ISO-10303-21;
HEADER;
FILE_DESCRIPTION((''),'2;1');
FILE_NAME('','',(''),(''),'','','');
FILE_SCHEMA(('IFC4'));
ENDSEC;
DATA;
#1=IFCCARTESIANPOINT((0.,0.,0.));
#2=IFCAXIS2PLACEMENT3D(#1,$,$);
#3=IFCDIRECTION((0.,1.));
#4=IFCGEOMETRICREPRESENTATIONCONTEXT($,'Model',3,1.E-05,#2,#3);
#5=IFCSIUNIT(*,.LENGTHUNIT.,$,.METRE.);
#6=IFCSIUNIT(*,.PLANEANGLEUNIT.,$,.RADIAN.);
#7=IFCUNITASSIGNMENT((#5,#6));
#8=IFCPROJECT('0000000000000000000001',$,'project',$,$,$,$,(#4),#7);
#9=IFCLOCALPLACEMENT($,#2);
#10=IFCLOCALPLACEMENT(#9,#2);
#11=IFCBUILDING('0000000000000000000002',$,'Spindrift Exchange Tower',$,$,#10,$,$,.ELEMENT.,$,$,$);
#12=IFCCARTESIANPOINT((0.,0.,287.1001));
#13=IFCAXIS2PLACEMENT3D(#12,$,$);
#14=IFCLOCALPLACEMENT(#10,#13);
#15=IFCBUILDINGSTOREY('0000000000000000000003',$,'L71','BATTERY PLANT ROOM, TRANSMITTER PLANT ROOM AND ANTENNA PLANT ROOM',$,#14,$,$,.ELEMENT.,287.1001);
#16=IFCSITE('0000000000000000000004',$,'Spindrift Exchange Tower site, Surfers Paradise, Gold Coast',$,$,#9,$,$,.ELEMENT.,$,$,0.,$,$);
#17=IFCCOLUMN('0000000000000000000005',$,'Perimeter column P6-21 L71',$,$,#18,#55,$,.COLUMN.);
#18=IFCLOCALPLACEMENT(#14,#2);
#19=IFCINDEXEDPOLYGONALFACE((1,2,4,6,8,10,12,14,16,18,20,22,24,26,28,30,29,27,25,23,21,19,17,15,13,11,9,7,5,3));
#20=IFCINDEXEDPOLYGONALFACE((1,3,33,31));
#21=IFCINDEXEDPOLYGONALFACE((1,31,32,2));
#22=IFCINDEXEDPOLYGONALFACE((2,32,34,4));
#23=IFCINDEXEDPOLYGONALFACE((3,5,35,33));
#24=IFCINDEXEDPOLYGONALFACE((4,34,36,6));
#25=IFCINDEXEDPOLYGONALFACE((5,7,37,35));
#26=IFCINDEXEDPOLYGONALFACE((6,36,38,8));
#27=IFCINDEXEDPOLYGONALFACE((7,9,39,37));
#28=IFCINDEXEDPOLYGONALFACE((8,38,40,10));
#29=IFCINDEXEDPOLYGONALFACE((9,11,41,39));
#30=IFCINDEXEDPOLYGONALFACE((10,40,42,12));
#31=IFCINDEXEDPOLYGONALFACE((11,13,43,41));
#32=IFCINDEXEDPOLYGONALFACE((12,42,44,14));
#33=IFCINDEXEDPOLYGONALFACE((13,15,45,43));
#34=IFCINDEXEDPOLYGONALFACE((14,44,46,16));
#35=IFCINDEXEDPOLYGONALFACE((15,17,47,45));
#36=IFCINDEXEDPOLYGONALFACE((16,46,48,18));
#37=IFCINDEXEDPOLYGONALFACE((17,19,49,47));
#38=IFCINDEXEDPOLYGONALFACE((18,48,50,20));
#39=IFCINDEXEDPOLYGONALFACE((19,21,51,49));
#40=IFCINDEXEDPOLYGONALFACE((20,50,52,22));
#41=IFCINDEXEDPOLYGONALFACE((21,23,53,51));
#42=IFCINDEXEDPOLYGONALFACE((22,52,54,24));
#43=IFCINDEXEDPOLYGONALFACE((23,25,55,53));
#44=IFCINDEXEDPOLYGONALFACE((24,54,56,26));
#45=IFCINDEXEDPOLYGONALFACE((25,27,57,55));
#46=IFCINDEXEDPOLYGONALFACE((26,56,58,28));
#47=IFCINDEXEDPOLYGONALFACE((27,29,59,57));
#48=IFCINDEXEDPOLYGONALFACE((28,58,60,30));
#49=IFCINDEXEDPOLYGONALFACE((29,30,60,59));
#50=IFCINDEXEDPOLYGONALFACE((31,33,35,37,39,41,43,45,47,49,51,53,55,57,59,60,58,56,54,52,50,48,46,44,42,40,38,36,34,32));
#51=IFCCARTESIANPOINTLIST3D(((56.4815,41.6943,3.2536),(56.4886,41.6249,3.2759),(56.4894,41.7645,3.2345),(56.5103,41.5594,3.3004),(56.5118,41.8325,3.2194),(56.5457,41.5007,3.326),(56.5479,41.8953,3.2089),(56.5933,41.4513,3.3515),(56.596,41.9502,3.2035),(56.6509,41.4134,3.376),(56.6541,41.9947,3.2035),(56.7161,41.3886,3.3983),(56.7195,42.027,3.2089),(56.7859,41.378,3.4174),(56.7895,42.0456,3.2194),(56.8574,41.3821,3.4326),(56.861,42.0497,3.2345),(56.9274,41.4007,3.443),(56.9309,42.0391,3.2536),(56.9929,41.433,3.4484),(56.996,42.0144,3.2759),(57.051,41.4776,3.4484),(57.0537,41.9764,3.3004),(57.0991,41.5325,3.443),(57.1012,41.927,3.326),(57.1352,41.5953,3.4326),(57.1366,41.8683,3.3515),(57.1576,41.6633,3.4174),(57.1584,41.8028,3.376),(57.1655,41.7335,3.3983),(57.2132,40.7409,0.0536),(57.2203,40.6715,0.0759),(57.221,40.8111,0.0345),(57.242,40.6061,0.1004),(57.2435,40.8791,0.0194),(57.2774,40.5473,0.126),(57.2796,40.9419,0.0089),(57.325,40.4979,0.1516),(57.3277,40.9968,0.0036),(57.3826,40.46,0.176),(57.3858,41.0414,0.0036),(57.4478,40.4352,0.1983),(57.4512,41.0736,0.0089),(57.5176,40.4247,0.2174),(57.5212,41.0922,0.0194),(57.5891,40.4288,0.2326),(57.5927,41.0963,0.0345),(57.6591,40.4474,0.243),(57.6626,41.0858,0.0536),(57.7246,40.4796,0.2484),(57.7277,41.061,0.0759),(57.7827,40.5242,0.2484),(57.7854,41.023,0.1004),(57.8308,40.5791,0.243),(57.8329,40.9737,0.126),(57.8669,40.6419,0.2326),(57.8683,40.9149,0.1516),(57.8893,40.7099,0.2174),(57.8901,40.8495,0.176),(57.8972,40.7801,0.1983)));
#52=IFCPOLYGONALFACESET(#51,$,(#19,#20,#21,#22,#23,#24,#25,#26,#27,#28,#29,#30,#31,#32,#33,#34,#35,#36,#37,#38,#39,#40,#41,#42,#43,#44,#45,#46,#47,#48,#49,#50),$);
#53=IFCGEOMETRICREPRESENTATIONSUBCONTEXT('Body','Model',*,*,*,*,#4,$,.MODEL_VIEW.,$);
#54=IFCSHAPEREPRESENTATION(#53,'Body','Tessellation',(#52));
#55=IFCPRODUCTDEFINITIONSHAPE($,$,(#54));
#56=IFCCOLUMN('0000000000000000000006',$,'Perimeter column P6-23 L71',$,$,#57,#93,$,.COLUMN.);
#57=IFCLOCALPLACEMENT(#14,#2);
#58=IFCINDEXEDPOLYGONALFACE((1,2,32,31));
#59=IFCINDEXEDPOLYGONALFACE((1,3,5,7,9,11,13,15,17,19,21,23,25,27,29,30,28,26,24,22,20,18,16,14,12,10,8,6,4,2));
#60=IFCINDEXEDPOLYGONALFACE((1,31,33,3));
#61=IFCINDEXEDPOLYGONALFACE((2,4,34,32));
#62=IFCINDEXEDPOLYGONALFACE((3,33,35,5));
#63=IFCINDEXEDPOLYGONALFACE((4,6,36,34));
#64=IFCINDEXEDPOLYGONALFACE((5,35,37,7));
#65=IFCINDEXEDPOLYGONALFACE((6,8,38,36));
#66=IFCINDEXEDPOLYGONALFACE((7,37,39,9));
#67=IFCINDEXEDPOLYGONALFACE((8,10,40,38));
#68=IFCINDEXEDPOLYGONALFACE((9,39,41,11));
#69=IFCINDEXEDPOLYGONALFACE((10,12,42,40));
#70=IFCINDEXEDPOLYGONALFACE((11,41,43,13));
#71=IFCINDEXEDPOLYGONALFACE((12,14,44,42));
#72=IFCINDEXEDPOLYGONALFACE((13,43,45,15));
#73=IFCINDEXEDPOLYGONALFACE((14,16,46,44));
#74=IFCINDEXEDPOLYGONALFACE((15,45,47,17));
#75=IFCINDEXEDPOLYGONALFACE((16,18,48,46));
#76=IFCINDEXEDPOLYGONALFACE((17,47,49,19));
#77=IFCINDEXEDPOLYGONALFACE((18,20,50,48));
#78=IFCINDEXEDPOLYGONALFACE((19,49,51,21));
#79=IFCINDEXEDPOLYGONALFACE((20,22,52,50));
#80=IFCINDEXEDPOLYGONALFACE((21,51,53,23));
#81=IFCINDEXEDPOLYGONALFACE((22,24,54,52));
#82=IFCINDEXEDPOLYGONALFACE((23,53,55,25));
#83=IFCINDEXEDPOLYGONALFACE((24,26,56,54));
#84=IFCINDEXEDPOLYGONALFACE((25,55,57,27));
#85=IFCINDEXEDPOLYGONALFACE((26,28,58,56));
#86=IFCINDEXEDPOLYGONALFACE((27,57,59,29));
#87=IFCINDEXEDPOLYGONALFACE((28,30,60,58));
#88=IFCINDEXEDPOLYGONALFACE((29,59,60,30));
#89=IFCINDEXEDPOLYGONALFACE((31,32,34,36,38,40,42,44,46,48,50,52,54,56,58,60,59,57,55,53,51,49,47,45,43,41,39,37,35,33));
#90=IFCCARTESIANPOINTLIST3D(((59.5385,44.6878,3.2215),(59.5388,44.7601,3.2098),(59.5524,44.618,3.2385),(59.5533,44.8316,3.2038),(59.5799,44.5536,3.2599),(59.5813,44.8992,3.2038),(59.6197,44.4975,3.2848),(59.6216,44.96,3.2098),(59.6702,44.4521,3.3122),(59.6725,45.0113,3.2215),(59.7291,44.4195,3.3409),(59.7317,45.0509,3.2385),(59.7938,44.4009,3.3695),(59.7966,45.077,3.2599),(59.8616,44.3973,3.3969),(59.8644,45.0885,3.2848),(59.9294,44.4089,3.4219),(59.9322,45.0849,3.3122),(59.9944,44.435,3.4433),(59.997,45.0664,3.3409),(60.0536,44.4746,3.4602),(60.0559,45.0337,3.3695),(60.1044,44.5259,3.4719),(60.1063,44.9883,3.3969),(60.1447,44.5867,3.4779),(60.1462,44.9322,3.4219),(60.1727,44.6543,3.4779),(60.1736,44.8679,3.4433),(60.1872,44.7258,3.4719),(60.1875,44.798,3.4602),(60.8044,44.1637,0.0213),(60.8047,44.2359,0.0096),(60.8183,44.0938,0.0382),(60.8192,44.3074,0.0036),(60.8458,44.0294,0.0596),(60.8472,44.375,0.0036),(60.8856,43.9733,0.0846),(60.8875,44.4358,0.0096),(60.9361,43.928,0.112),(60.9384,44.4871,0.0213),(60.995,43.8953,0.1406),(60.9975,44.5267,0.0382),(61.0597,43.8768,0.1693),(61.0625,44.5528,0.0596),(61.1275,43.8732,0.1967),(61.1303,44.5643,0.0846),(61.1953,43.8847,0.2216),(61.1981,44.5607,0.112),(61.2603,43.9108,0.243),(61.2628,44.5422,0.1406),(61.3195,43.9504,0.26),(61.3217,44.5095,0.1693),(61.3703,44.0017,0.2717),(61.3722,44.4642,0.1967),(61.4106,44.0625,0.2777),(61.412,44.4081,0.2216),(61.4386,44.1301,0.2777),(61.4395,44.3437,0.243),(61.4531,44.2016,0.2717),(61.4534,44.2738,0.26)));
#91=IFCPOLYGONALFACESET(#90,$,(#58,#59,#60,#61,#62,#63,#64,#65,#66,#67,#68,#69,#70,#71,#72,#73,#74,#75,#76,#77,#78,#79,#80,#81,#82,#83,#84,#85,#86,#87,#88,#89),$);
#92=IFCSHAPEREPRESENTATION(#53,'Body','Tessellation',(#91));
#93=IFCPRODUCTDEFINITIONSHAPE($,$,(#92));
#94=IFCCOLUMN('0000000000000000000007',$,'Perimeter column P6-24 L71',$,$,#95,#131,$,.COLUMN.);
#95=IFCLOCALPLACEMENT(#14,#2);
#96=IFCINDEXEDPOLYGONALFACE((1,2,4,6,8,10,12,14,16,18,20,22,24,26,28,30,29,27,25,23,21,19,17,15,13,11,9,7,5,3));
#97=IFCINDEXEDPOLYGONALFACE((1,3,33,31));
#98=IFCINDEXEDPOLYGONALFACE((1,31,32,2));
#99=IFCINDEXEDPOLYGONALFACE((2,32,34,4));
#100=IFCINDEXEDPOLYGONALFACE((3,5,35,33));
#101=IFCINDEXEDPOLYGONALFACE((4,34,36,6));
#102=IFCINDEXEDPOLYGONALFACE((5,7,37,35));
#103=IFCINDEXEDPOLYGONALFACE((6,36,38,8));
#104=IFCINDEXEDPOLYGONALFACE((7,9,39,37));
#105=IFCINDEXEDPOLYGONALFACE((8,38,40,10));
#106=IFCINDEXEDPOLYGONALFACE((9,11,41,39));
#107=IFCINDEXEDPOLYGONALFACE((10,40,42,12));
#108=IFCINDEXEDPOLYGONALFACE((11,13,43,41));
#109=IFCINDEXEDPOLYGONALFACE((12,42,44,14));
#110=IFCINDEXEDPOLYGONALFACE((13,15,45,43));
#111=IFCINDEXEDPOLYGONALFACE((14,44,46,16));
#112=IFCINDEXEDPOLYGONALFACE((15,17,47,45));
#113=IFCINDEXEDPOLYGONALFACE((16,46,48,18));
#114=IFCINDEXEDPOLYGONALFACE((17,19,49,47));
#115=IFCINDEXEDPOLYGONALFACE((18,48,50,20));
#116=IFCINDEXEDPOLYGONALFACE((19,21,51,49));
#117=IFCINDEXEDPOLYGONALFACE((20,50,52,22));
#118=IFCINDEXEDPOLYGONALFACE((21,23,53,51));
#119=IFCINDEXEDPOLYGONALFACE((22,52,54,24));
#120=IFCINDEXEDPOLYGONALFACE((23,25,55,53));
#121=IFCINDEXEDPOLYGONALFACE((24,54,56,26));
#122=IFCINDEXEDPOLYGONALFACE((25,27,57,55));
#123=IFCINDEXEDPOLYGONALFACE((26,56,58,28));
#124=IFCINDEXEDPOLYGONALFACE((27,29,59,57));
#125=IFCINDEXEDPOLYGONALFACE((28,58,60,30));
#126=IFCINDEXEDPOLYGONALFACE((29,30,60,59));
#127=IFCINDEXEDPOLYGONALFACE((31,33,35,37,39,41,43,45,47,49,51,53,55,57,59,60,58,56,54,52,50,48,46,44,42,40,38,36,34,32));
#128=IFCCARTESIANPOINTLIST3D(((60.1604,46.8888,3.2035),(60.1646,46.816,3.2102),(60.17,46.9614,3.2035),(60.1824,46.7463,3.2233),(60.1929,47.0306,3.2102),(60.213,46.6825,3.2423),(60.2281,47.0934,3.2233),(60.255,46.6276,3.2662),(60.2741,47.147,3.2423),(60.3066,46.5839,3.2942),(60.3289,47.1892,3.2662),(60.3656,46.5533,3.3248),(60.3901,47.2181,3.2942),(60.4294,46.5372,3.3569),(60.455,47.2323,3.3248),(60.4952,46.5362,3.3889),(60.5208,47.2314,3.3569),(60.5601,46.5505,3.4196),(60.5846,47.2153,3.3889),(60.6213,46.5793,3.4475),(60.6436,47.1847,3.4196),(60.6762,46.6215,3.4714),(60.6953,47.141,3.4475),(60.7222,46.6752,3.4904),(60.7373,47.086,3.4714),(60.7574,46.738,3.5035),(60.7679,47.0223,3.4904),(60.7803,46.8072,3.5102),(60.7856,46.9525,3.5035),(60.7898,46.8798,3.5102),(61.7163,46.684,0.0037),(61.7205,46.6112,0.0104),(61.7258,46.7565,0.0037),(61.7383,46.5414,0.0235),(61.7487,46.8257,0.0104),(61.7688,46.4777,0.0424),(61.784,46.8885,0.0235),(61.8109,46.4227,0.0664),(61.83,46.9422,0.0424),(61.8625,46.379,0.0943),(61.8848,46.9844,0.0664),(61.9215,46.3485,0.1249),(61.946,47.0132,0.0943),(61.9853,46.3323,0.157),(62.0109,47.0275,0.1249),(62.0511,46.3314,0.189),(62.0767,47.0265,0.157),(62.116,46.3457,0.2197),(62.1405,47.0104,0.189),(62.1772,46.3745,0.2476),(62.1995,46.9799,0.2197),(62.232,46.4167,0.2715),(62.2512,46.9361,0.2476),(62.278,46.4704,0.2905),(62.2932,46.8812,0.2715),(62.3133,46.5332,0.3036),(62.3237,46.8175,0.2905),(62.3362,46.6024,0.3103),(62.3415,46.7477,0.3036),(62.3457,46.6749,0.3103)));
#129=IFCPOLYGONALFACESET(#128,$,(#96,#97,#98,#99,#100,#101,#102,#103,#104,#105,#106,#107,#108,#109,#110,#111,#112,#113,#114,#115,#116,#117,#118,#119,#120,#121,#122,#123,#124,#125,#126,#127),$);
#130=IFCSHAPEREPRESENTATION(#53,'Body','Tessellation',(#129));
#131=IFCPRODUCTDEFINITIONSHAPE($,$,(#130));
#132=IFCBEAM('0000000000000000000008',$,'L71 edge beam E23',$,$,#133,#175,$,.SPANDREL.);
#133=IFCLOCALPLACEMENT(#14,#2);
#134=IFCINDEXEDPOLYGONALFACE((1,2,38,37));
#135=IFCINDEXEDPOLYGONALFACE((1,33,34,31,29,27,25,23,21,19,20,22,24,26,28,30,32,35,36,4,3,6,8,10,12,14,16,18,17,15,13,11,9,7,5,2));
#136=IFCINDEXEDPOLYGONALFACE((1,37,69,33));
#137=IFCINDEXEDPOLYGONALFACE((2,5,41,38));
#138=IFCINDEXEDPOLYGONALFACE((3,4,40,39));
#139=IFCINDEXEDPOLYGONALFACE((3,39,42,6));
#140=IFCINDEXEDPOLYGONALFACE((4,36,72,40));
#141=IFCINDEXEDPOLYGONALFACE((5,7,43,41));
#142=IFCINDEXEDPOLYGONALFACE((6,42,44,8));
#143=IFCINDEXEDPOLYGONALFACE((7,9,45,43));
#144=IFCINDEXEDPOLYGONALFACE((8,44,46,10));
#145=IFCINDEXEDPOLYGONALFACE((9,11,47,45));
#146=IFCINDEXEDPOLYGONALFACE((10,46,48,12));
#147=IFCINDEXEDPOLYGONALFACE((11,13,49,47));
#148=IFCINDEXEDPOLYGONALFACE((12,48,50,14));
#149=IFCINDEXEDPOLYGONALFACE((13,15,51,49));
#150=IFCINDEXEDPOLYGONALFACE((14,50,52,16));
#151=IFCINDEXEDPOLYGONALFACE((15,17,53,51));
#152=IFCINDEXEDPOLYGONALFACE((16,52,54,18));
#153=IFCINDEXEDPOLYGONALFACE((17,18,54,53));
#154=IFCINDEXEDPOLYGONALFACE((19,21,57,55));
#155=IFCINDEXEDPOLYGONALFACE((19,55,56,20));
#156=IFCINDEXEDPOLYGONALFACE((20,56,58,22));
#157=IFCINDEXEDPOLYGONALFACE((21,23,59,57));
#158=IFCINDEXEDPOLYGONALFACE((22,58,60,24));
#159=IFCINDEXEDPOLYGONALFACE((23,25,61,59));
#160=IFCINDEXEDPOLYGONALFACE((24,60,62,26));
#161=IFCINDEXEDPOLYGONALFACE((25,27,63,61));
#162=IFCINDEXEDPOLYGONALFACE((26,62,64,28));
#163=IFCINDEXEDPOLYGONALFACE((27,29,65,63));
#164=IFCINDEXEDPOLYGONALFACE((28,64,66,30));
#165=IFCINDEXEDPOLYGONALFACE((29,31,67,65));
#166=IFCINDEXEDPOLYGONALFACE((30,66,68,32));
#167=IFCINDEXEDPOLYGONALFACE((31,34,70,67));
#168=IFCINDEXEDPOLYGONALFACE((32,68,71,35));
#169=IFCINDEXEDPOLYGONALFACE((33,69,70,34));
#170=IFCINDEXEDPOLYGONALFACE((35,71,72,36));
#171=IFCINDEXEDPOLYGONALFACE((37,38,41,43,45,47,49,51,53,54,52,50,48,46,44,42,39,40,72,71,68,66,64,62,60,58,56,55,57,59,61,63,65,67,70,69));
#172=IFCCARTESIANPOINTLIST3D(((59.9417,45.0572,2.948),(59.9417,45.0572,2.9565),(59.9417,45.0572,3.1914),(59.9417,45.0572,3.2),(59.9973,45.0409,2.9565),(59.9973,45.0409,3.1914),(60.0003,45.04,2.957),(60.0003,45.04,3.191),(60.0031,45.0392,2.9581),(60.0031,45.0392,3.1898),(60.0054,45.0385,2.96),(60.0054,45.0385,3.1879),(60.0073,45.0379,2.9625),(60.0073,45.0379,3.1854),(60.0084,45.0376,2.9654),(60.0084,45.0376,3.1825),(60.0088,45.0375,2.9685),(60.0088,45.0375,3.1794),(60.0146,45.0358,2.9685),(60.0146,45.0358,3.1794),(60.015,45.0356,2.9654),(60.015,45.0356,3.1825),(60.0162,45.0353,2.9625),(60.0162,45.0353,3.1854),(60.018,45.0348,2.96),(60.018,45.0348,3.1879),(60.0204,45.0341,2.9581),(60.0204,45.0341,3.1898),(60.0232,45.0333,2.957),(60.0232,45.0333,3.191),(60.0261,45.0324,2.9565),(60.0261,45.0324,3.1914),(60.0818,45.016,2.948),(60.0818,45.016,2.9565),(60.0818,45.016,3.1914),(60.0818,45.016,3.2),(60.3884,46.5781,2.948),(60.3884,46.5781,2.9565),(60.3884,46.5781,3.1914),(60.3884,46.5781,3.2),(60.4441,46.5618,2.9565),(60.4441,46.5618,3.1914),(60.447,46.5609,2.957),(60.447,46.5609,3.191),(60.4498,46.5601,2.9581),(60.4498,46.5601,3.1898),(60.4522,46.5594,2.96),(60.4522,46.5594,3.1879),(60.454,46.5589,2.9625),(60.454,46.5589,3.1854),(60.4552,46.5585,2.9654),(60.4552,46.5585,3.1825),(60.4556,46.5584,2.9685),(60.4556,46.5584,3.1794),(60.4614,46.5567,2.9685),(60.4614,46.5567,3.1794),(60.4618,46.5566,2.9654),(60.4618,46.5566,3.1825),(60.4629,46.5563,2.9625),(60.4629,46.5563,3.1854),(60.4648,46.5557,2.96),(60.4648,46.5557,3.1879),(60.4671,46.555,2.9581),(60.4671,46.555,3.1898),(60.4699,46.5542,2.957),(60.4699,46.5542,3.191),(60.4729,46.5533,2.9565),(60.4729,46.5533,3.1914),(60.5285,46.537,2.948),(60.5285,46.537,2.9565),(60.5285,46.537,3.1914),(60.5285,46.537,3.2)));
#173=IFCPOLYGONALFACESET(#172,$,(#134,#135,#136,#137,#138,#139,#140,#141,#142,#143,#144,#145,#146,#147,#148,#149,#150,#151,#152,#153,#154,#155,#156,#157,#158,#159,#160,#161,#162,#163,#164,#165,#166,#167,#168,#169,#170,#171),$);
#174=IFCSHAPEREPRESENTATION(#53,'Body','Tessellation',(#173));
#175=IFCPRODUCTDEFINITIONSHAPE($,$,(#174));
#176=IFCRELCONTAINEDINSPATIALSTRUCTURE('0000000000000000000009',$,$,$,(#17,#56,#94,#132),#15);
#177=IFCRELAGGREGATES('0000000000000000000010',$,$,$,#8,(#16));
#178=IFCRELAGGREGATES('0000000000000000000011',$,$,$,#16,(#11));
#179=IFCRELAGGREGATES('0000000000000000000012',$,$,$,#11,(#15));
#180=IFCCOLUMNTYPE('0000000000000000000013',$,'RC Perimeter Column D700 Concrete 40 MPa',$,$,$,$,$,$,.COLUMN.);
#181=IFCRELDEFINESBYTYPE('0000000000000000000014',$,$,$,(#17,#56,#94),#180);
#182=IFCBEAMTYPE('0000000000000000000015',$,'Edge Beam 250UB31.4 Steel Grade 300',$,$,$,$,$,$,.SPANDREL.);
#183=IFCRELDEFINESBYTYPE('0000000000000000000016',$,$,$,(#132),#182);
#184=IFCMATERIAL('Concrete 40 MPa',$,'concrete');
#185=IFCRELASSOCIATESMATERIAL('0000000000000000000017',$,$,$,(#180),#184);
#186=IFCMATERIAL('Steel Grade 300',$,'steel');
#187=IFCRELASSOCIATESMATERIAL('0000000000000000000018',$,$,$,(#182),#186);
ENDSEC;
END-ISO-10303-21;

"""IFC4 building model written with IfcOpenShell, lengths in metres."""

from ifc_helpers import new_model, si_unit, direction, frame, origin, origin_2d, place, context, subcontext, project, spatial, circle, i_section, extrude, source, transform, mapped, material, material_profile, profile_set, type_object, element, save


model = new_model("IFC4")

# Units and contexts
model_context = context("Model", 3, precision=1e-05, world=origin(), true_north=direction((0.0, 1.0)))
body_context = subcontext(model_context, "Body", "Model", "MODEL_VIEW")
ifc_project = project(units=[si_unit("LENGTHUNIT", "METRE"), si_unit("PLANEANGLEUNIT", "RADIAN")], contexts=[model_context])

# Site, building, storey
site_placement = place(None, origin())
site = spatial("IfcSite", under=ifc_project, at=site_placement, Name="Spindrift Exchange Tower site, Surfers Paradise, Gold Coast", CompositionType="ELEMENT", RefElevation=0.0)
building_placement = place(site_placement, origin())
building = spatial("IfcBuilding", under=site, at=building_placement, Name="Spindrift Exchange Tower", CompositionType="ELEMENT")
storey_placement = place(building_placement, frame((0.0, 0.0, 287.1001)))
storey = spatial("IfcBuildingStorey", under=building, at=storey_placement, Name="L71", Description="BATTERY PLANT ROOM, TRANSMITTER PLANT ROOM AND ANTENNA PLANT ROOM", CompositionType="ELEMENT", Elevation=287.1001)

# Columns
ifc_material_1 = material(Name="Concrete 40 MPa", Category="concrete")
ifc_material_profile_1 = material_profile(ifc_material_1, circle(Radius=0.3501, at=origin_2d()), Name="RC D700")
ifc_profile_set_1 = profile_set([ifc_material_profile_1], Name="Concrete 40 MPa")
column_type = type_object("IfcColumnType", Name="RC Perimeter Column D700 Concrete 40 MPa", PredefinedType="COLUMN", material=ifc_profile_set_1)
shared_shape_1 = source(origin(), body_context, "Body", "SweptSolid", [
    extrude(circle(Radius=0.3501, at=origin_2d()), origin(), (0.0, 0.0, 1.0), 3.4182),
])
column_1_placement = place(storey_placement, frame((57.5552, 40.7605, 0.126), z_axis=(-0.214058, 0.278911, 0.936156), x_axis=(-0.793296, -0.608837, 0.0)))
element("IfcColumn", 1, at=column_1_placement, inside=storey, type_object=column_type, Name="Perimeter column P6-21 L71", PredefinedType="COLUMN", context=body_context, shape_type="MappedRepresentation", body=[
    mapped(shared_shape_1, transform((0.0, 0.0, 0.0), scale=1.0)),
])
shared_shape_2 = source(origin(), body_context, "Body", "SweptSolid", [
    extrude(circle(Radius=0.3501, at=origin_2d()), origin(), (0.0, 0.0, 1.0), 3.4812),
])
column_2_placement = place(storey_placement, frame((61.1289, 44.2188, 0.1406), z_axis=(-0.363635, 0.150574, 0.919292), x_axis=(-0.382577, -0.923923, 0.0)))
element("IfcColumn", 2, at=column_2_placement, inside=storey, type_object=column_type, Name="Perimeter column P6-23 L71", PredefinedType="COLUMN", context=body_context, shape_type="MappedRepresentation", body=[
    mapped(shared_shape_2, transform((0.0, 0.0, 0.0), scale=1.0)),
])
shared_shape_3 = source(origin(), body_context, "Body", "SweptSolid", [
    extrude(circle(Radius=0.3501, at=origin_2d()), origin(), (0.0, 0.0, 1.0), 3.564),
])
column_3_placement = place(storey_placement, frame((62.031, 46.6794, 0.157), z_axis=(-0.436555, 0.057472, 0.89784), x_axis=(-0.130523, -0.991445, 0.0)))
element("IfcColumn", 3, at=column_3_placement, inside=storey, type_object=column_type, Name="Perimeter column P6-24 L71", PredefinedType="COLUMN", context=body_context, shape_type="MappedRepresentation", body=[
    mapped(shared_shape_3, transform((0.0, 0.0, 0.0), scale=1.0)),
])

# Beam
ifc_material_2 = material(Name="Steel Grade 300", Category="steel")
ifc_material_profile_2 = material_profile(ifc_material_2, i_section(OverallWidth=0.146, OverallDepth=0.252, WebThickness=0.0061, FlangeThickness=0.0085, FilletRadius=0.012, at=origin_2d()), Name="250UB31.4")
ifc_profile_set_2 = profile_set([ifc_material_profile_2], Name="Steel Grade 300")
beam_type = type_object("IfcBeamType", Name="Edge Beam 250UB31.4 Steel Grade 300", PredefinedType="SPANDREL", material=ifc_profile_set_2)
shared_shape_4 = source(origin(), body_context, "Body", "SweptSolid", [
    extrude(i_section(OverallWidth=0.146, OverallDepth=0.252, WebThickness=0.0061, FlangeThickness=0.0085, FilletRadius=0.012, at=origin_2d()), origin(), (0.0, 0.0, 1.0), 1.5852),
])
beam_1_placement = place(storey_placement, frame((60.0117, 45.0366, 3.074), z_axis=(0.281833, 0.959464, 0.0), x_axis=(-0.959464, 0.281833, 0.0)))
element("IfcBeam", 4, at=beam_1_placement, inside=storey, type_object=beam_type, Name="L71 edge beam E23", PredefinedType="SPANDREL", context=body_context, shape_type="MappedRepresentation", body=[
    mapped(shared_shape_4, transform((0.0, 0.0, 0.0), scale=1.0)),
])

save(model, "model.ifc")
